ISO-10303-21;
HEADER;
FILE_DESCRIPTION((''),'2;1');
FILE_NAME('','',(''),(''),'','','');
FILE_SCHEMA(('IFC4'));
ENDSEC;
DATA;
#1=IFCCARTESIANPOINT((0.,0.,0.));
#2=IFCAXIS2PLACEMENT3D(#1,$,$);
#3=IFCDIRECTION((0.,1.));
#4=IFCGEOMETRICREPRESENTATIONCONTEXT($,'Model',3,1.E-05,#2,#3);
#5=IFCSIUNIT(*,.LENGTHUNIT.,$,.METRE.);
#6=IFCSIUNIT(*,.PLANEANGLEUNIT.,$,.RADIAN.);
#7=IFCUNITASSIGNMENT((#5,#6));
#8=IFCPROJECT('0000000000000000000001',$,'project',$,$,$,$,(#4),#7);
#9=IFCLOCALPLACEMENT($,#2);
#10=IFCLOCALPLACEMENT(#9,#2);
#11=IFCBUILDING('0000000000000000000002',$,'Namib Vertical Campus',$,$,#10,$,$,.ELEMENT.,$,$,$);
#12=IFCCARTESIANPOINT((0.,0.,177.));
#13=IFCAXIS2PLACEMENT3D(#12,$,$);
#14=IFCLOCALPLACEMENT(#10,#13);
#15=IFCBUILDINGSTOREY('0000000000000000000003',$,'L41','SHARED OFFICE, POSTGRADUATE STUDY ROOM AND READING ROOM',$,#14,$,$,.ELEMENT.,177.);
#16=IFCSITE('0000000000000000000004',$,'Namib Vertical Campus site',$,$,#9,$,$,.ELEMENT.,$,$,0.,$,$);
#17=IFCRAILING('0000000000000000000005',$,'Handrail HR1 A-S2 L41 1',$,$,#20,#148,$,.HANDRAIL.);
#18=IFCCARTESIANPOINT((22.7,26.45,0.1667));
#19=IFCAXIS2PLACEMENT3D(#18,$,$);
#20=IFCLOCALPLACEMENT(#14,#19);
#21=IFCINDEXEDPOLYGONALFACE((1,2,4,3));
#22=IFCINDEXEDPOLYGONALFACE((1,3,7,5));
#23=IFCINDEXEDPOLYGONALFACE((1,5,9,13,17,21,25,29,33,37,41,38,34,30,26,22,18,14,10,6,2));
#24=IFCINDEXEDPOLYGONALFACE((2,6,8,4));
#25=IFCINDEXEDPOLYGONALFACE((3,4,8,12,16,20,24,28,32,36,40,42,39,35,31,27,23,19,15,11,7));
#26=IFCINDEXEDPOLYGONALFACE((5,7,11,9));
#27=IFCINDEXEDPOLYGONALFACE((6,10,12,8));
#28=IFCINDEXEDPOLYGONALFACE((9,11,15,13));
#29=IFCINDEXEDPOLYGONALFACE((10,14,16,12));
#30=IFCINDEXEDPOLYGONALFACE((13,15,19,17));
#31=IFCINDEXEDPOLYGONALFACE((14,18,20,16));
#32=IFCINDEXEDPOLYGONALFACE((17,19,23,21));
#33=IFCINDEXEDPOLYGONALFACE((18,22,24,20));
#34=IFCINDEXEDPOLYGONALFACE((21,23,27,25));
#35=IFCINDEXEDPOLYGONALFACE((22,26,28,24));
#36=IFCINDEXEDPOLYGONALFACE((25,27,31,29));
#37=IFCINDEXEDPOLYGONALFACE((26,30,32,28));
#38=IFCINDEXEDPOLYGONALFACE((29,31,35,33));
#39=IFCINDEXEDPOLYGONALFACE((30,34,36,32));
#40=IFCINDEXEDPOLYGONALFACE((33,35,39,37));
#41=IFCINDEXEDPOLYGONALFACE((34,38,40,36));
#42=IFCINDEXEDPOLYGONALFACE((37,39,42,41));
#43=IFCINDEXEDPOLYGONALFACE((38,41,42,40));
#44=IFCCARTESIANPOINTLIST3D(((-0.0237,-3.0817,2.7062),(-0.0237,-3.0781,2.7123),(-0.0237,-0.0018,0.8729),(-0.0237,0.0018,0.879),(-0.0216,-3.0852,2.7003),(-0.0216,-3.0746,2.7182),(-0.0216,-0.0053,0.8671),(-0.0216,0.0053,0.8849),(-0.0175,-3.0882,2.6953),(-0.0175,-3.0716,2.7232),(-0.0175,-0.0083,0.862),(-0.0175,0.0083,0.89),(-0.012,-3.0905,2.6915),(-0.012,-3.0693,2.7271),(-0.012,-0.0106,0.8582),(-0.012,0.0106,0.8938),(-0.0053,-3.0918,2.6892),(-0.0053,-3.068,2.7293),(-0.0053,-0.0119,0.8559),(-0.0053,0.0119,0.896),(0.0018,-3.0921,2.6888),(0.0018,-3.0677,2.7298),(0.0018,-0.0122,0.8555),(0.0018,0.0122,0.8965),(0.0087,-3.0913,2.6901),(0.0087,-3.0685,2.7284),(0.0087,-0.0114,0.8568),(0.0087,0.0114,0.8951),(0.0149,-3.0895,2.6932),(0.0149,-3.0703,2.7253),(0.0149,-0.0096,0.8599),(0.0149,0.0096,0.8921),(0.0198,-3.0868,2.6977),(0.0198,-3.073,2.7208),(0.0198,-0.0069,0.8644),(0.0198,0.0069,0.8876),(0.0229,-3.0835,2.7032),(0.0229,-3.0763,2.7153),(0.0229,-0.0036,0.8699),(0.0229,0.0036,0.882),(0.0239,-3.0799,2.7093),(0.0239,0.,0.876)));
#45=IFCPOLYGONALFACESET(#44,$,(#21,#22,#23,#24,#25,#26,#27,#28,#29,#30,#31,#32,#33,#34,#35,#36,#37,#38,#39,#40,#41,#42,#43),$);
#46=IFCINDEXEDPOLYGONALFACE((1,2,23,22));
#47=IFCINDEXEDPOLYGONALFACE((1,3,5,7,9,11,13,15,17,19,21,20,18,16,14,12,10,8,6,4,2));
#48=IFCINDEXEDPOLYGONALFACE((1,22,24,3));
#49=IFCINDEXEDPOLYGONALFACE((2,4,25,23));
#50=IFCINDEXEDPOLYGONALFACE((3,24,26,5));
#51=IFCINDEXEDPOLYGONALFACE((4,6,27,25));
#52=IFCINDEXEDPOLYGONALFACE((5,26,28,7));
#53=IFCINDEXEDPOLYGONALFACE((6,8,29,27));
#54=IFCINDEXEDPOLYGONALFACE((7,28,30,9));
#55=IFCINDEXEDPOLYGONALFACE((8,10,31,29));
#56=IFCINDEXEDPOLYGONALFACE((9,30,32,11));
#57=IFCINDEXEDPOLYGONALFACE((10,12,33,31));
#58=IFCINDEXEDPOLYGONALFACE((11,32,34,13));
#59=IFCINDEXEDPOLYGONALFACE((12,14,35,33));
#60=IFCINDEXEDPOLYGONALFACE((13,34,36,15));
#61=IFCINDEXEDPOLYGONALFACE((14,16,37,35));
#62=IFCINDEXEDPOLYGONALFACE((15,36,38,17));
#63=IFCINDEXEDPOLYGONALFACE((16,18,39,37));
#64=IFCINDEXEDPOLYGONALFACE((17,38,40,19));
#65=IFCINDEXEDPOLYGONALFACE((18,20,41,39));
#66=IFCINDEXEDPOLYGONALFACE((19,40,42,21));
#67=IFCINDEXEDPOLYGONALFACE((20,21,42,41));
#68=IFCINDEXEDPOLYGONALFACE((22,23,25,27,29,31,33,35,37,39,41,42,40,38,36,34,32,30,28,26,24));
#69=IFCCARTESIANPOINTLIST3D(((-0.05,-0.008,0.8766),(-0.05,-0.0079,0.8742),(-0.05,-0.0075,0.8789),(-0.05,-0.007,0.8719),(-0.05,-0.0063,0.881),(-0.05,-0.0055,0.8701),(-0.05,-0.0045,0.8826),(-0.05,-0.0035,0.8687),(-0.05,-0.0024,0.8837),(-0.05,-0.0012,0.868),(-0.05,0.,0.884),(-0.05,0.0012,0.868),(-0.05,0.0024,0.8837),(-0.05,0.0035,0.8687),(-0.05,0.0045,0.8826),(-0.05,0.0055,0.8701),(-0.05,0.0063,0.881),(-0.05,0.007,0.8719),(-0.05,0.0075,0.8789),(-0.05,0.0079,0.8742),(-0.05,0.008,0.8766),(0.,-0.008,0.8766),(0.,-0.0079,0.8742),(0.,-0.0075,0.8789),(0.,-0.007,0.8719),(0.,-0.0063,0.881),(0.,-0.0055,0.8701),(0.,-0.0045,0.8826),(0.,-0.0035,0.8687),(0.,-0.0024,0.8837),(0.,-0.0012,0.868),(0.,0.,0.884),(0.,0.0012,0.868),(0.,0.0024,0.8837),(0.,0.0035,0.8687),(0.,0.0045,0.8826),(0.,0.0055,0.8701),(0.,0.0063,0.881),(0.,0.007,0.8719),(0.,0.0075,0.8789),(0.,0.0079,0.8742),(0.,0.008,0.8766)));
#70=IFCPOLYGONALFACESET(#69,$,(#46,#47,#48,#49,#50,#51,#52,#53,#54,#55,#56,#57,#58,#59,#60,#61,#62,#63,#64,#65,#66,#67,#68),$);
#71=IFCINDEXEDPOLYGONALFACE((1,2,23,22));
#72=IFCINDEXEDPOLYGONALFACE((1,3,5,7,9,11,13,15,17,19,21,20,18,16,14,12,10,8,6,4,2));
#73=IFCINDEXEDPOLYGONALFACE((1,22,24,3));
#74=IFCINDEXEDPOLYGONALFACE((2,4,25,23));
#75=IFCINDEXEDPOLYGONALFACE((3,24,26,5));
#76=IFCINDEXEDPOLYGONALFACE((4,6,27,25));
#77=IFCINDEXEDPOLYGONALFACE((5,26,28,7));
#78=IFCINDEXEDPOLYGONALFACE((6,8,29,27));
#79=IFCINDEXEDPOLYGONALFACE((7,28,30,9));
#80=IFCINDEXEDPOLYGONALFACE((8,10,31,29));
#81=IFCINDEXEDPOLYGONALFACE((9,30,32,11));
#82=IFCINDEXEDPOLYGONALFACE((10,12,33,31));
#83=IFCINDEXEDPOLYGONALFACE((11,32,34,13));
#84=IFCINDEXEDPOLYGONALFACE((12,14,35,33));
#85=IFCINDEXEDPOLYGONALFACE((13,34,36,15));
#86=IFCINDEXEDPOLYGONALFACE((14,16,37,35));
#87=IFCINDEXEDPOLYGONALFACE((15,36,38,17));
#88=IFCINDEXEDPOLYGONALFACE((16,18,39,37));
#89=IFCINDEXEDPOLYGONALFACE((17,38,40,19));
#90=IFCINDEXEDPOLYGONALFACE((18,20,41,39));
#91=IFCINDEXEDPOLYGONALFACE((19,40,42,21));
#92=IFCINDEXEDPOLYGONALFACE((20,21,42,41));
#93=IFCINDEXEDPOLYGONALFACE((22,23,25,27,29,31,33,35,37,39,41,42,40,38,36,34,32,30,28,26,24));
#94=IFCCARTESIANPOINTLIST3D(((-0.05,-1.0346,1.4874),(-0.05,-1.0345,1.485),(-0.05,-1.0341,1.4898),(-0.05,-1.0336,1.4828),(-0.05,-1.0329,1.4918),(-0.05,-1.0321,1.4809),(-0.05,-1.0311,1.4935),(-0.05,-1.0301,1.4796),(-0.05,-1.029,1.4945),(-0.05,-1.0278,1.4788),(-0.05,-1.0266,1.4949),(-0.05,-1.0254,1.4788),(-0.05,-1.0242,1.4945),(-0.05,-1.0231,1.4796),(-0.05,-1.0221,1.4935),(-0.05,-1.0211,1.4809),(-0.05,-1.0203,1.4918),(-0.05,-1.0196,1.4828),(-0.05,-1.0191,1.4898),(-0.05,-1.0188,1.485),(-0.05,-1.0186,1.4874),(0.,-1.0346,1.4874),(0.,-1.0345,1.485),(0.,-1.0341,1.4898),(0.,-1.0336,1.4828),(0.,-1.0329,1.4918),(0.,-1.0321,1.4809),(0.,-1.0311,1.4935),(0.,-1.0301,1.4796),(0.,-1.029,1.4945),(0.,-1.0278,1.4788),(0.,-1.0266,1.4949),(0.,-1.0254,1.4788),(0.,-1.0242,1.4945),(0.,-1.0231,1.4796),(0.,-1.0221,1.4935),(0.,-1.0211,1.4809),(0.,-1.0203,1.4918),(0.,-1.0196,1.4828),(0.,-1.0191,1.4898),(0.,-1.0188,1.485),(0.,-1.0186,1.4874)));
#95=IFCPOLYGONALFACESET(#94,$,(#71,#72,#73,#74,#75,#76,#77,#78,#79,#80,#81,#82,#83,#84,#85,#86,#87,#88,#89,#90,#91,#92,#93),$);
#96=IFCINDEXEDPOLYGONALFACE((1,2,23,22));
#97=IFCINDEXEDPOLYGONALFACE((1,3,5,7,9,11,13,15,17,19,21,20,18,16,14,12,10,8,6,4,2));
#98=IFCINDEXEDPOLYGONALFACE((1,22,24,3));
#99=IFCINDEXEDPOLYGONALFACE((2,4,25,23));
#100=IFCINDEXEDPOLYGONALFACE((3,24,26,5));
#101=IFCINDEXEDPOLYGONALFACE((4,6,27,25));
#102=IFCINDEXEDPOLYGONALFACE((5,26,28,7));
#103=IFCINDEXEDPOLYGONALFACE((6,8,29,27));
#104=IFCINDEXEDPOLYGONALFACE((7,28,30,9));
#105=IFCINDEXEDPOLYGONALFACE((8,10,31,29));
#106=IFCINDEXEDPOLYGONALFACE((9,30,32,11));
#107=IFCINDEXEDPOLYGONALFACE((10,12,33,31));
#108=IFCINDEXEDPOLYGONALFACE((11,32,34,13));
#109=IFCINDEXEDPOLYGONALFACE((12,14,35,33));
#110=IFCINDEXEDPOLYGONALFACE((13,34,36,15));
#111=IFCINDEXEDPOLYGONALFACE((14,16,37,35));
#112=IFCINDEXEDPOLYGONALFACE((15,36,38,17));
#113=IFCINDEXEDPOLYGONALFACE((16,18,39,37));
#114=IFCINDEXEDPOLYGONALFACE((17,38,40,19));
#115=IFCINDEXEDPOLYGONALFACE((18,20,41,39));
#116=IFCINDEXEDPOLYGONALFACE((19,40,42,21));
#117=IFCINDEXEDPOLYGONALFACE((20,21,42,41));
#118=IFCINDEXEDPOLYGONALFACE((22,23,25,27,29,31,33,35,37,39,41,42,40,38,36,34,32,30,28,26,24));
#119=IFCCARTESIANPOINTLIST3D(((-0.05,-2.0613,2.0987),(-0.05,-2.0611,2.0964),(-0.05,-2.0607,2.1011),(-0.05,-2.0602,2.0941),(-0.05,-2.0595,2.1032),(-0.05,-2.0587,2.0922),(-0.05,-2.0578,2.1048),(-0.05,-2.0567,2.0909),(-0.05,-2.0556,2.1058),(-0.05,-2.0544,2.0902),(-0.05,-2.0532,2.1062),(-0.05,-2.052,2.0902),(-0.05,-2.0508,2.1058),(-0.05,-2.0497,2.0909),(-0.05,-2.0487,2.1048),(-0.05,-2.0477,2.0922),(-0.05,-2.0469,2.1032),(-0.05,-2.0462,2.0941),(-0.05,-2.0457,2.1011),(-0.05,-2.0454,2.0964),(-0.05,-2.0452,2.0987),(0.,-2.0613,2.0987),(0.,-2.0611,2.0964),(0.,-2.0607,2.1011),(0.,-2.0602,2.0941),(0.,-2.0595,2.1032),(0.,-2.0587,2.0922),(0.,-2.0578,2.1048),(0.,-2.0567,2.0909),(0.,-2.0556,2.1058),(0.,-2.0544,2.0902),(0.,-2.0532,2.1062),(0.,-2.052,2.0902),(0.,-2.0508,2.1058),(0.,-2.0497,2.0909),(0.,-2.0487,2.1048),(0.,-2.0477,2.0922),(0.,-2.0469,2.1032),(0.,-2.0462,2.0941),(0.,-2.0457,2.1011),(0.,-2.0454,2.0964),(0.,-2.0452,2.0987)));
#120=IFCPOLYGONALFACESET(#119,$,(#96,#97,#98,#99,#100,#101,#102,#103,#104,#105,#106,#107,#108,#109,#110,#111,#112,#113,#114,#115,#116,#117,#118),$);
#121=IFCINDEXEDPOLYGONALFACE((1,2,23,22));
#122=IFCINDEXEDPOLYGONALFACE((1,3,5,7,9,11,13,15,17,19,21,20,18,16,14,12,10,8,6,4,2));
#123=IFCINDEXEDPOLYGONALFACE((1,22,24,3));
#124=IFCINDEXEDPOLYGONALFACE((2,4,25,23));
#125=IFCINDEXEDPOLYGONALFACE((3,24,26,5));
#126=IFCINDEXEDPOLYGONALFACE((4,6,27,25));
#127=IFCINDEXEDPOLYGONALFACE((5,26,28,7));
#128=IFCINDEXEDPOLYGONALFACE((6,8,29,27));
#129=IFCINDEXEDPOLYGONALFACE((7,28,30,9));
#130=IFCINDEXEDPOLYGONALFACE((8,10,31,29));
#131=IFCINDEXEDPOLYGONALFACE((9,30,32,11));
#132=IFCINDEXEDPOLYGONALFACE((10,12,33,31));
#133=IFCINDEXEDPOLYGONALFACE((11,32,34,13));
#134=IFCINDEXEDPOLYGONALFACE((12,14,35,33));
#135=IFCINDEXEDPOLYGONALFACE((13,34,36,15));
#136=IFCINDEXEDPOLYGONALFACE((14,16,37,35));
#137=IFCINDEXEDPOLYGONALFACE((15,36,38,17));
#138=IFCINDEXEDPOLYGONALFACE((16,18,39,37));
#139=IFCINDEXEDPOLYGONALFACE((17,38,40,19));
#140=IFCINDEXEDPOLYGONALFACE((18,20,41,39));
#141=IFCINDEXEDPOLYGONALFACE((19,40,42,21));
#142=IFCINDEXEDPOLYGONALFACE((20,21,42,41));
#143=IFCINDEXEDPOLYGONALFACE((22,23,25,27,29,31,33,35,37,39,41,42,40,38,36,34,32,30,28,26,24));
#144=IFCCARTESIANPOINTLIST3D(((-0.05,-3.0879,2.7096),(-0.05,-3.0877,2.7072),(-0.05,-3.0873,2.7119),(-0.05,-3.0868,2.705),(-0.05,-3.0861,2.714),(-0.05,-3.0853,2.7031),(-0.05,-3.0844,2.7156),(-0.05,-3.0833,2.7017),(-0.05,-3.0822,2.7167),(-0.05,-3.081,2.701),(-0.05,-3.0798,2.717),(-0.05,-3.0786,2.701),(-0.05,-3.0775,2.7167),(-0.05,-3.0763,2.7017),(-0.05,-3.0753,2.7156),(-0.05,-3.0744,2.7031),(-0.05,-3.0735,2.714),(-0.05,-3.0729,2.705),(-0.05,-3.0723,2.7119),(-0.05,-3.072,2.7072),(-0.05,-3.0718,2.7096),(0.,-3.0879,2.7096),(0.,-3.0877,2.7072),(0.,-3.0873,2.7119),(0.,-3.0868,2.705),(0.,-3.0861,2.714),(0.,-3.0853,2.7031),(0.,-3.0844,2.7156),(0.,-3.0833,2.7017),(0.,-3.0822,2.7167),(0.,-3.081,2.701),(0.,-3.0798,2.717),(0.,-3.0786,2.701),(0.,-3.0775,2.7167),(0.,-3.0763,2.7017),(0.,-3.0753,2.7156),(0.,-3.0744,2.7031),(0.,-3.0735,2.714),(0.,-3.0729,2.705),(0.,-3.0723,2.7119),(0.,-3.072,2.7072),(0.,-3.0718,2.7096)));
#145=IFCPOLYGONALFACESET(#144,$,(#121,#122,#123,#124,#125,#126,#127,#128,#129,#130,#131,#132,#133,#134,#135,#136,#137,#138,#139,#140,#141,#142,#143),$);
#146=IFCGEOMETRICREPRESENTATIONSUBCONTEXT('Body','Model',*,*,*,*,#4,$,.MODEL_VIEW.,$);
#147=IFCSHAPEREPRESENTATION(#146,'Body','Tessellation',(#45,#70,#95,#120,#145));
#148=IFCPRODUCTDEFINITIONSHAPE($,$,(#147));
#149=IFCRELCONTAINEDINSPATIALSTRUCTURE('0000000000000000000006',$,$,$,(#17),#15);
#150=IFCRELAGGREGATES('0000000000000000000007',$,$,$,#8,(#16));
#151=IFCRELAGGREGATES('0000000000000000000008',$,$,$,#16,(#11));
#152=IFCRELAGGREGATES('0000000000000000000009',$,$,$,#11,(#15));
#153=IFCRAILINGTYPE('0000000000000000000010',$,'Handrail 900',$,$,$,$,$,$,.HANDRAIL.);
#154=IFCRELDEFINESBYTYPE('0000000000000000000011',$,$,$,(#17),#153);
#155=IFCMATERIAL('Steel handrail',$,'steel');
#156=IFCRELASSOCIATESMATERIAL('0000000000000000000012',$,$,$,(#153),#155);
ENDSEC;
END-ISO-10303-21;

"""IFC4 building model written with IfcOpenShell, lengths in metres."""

from ifc_helpers import new_model, si_unit, direction, frame, origin, origin_2d, place, context, subcontext, project, spatial, circle, extrude, material, type_object, element, save


model = new_model("IFC4")

# Units and contexts
model_context = context("Model", 3, precision=1e-05, world=origin(), true_north=direction((0.0, 1.0)))
body_context = subcontext(model_context, "Body", "Model", "MODEL_VIEW")
ifc_project = project(units=[si_unit("LENGTHUNIT", "METRE"), si_unit("PLANEANGLEUNIT", "RADIAN")], contexts=[model_context])

# Site, building, storey
site_placement = place(None, origin())
site = spatial("IfcSite", under=ifc_project, at=site_placement, Name="Namib Vertical Campus site", CompositionType="ELEMENT", RefElevation=0.0)
building_placement = place(site_placement, origin())
building = spatial("IfcBuilding", under=site, at=building_placement, Name="Namib Vertical Campus", CompositionType="ELEMENT")
storey_placement = place(building_placement, frame((0.0, 0.0, 177.0)))
storey = spatial("IfcBuildingStorey", under=building, at=storey_placement, Name="L41", Description="SHARED OFFICE, POSTGRADUATE STUDY ROOM AND READING ROOM", CompositionType="ELEMENT", Elevation=177.0)

# Railing
ifc_material_1 = material(Name="Steel handrail", Category="steel")
railing_type_1 = type_object("IfcRailingType", Name="Handrail 900", PredefinedType="HANDRAIL", material=ifc_material_1)
railing_1_placement = place(storey_placement, frame((22.7, 26.45, 0.1667)))
element("IfcRailing", 1, at=railing_1_placement, inside=storey, type_object=railing_type_1, Name="Handrail HR1 A-S2 L41 1", PredefinedType="HANDRAIL", context=body_context, shape_type="SweptSolid", body=[
    extrude(circle(Radius=0.0239, at=origin_2d()), frame((0.0, 0.0, 0.876), z_axis=(0.0, -0.859291, 0.511487), x_axis=(1.0, 0.0, 0.0)), (0.0, 0.0, 1.0), 3.5842),
    extrude(circle(Radius=0.0081, at=origin_2d()), frame((0.0, 0.0, 0.876), z_axis=(-1.0, 0.0, 0.0), x_axis=(0.0, 0.0, 1.0)), (0.0, 0.0, 1.0), 0.05),
    extrude(circle(Radius=0.0081, at=origin_2d()), frame((0.0, -1.0266, 1.4868), z_axis=(-1.0, 0.0, 0.0), x_axis=(0.0, 0.0, 1.0)), (0.0, 0.0, 1.0), 0.05),
    extrude(circle(Radius=0.0081, at=origin_2d()), frame((0.0, -2.0532, 2.0981), z_axis=(-1.0, 0.0, 0.0), x_axis=(0.0, 0.0, 1.0)), (0.0, 0.0, 1.0), 0.05),
    extrude(circle(Radius=0.0081, at=origin_2d()), frame((0.0, -3.0798, 2.709), z_axis=(-1.0, 0.0, 0.0), x_axis=(0.0, 0.0, 1.0)), (0.0, 0.0, 1.0), 0.05),
])

save(model, "model.ifc")
